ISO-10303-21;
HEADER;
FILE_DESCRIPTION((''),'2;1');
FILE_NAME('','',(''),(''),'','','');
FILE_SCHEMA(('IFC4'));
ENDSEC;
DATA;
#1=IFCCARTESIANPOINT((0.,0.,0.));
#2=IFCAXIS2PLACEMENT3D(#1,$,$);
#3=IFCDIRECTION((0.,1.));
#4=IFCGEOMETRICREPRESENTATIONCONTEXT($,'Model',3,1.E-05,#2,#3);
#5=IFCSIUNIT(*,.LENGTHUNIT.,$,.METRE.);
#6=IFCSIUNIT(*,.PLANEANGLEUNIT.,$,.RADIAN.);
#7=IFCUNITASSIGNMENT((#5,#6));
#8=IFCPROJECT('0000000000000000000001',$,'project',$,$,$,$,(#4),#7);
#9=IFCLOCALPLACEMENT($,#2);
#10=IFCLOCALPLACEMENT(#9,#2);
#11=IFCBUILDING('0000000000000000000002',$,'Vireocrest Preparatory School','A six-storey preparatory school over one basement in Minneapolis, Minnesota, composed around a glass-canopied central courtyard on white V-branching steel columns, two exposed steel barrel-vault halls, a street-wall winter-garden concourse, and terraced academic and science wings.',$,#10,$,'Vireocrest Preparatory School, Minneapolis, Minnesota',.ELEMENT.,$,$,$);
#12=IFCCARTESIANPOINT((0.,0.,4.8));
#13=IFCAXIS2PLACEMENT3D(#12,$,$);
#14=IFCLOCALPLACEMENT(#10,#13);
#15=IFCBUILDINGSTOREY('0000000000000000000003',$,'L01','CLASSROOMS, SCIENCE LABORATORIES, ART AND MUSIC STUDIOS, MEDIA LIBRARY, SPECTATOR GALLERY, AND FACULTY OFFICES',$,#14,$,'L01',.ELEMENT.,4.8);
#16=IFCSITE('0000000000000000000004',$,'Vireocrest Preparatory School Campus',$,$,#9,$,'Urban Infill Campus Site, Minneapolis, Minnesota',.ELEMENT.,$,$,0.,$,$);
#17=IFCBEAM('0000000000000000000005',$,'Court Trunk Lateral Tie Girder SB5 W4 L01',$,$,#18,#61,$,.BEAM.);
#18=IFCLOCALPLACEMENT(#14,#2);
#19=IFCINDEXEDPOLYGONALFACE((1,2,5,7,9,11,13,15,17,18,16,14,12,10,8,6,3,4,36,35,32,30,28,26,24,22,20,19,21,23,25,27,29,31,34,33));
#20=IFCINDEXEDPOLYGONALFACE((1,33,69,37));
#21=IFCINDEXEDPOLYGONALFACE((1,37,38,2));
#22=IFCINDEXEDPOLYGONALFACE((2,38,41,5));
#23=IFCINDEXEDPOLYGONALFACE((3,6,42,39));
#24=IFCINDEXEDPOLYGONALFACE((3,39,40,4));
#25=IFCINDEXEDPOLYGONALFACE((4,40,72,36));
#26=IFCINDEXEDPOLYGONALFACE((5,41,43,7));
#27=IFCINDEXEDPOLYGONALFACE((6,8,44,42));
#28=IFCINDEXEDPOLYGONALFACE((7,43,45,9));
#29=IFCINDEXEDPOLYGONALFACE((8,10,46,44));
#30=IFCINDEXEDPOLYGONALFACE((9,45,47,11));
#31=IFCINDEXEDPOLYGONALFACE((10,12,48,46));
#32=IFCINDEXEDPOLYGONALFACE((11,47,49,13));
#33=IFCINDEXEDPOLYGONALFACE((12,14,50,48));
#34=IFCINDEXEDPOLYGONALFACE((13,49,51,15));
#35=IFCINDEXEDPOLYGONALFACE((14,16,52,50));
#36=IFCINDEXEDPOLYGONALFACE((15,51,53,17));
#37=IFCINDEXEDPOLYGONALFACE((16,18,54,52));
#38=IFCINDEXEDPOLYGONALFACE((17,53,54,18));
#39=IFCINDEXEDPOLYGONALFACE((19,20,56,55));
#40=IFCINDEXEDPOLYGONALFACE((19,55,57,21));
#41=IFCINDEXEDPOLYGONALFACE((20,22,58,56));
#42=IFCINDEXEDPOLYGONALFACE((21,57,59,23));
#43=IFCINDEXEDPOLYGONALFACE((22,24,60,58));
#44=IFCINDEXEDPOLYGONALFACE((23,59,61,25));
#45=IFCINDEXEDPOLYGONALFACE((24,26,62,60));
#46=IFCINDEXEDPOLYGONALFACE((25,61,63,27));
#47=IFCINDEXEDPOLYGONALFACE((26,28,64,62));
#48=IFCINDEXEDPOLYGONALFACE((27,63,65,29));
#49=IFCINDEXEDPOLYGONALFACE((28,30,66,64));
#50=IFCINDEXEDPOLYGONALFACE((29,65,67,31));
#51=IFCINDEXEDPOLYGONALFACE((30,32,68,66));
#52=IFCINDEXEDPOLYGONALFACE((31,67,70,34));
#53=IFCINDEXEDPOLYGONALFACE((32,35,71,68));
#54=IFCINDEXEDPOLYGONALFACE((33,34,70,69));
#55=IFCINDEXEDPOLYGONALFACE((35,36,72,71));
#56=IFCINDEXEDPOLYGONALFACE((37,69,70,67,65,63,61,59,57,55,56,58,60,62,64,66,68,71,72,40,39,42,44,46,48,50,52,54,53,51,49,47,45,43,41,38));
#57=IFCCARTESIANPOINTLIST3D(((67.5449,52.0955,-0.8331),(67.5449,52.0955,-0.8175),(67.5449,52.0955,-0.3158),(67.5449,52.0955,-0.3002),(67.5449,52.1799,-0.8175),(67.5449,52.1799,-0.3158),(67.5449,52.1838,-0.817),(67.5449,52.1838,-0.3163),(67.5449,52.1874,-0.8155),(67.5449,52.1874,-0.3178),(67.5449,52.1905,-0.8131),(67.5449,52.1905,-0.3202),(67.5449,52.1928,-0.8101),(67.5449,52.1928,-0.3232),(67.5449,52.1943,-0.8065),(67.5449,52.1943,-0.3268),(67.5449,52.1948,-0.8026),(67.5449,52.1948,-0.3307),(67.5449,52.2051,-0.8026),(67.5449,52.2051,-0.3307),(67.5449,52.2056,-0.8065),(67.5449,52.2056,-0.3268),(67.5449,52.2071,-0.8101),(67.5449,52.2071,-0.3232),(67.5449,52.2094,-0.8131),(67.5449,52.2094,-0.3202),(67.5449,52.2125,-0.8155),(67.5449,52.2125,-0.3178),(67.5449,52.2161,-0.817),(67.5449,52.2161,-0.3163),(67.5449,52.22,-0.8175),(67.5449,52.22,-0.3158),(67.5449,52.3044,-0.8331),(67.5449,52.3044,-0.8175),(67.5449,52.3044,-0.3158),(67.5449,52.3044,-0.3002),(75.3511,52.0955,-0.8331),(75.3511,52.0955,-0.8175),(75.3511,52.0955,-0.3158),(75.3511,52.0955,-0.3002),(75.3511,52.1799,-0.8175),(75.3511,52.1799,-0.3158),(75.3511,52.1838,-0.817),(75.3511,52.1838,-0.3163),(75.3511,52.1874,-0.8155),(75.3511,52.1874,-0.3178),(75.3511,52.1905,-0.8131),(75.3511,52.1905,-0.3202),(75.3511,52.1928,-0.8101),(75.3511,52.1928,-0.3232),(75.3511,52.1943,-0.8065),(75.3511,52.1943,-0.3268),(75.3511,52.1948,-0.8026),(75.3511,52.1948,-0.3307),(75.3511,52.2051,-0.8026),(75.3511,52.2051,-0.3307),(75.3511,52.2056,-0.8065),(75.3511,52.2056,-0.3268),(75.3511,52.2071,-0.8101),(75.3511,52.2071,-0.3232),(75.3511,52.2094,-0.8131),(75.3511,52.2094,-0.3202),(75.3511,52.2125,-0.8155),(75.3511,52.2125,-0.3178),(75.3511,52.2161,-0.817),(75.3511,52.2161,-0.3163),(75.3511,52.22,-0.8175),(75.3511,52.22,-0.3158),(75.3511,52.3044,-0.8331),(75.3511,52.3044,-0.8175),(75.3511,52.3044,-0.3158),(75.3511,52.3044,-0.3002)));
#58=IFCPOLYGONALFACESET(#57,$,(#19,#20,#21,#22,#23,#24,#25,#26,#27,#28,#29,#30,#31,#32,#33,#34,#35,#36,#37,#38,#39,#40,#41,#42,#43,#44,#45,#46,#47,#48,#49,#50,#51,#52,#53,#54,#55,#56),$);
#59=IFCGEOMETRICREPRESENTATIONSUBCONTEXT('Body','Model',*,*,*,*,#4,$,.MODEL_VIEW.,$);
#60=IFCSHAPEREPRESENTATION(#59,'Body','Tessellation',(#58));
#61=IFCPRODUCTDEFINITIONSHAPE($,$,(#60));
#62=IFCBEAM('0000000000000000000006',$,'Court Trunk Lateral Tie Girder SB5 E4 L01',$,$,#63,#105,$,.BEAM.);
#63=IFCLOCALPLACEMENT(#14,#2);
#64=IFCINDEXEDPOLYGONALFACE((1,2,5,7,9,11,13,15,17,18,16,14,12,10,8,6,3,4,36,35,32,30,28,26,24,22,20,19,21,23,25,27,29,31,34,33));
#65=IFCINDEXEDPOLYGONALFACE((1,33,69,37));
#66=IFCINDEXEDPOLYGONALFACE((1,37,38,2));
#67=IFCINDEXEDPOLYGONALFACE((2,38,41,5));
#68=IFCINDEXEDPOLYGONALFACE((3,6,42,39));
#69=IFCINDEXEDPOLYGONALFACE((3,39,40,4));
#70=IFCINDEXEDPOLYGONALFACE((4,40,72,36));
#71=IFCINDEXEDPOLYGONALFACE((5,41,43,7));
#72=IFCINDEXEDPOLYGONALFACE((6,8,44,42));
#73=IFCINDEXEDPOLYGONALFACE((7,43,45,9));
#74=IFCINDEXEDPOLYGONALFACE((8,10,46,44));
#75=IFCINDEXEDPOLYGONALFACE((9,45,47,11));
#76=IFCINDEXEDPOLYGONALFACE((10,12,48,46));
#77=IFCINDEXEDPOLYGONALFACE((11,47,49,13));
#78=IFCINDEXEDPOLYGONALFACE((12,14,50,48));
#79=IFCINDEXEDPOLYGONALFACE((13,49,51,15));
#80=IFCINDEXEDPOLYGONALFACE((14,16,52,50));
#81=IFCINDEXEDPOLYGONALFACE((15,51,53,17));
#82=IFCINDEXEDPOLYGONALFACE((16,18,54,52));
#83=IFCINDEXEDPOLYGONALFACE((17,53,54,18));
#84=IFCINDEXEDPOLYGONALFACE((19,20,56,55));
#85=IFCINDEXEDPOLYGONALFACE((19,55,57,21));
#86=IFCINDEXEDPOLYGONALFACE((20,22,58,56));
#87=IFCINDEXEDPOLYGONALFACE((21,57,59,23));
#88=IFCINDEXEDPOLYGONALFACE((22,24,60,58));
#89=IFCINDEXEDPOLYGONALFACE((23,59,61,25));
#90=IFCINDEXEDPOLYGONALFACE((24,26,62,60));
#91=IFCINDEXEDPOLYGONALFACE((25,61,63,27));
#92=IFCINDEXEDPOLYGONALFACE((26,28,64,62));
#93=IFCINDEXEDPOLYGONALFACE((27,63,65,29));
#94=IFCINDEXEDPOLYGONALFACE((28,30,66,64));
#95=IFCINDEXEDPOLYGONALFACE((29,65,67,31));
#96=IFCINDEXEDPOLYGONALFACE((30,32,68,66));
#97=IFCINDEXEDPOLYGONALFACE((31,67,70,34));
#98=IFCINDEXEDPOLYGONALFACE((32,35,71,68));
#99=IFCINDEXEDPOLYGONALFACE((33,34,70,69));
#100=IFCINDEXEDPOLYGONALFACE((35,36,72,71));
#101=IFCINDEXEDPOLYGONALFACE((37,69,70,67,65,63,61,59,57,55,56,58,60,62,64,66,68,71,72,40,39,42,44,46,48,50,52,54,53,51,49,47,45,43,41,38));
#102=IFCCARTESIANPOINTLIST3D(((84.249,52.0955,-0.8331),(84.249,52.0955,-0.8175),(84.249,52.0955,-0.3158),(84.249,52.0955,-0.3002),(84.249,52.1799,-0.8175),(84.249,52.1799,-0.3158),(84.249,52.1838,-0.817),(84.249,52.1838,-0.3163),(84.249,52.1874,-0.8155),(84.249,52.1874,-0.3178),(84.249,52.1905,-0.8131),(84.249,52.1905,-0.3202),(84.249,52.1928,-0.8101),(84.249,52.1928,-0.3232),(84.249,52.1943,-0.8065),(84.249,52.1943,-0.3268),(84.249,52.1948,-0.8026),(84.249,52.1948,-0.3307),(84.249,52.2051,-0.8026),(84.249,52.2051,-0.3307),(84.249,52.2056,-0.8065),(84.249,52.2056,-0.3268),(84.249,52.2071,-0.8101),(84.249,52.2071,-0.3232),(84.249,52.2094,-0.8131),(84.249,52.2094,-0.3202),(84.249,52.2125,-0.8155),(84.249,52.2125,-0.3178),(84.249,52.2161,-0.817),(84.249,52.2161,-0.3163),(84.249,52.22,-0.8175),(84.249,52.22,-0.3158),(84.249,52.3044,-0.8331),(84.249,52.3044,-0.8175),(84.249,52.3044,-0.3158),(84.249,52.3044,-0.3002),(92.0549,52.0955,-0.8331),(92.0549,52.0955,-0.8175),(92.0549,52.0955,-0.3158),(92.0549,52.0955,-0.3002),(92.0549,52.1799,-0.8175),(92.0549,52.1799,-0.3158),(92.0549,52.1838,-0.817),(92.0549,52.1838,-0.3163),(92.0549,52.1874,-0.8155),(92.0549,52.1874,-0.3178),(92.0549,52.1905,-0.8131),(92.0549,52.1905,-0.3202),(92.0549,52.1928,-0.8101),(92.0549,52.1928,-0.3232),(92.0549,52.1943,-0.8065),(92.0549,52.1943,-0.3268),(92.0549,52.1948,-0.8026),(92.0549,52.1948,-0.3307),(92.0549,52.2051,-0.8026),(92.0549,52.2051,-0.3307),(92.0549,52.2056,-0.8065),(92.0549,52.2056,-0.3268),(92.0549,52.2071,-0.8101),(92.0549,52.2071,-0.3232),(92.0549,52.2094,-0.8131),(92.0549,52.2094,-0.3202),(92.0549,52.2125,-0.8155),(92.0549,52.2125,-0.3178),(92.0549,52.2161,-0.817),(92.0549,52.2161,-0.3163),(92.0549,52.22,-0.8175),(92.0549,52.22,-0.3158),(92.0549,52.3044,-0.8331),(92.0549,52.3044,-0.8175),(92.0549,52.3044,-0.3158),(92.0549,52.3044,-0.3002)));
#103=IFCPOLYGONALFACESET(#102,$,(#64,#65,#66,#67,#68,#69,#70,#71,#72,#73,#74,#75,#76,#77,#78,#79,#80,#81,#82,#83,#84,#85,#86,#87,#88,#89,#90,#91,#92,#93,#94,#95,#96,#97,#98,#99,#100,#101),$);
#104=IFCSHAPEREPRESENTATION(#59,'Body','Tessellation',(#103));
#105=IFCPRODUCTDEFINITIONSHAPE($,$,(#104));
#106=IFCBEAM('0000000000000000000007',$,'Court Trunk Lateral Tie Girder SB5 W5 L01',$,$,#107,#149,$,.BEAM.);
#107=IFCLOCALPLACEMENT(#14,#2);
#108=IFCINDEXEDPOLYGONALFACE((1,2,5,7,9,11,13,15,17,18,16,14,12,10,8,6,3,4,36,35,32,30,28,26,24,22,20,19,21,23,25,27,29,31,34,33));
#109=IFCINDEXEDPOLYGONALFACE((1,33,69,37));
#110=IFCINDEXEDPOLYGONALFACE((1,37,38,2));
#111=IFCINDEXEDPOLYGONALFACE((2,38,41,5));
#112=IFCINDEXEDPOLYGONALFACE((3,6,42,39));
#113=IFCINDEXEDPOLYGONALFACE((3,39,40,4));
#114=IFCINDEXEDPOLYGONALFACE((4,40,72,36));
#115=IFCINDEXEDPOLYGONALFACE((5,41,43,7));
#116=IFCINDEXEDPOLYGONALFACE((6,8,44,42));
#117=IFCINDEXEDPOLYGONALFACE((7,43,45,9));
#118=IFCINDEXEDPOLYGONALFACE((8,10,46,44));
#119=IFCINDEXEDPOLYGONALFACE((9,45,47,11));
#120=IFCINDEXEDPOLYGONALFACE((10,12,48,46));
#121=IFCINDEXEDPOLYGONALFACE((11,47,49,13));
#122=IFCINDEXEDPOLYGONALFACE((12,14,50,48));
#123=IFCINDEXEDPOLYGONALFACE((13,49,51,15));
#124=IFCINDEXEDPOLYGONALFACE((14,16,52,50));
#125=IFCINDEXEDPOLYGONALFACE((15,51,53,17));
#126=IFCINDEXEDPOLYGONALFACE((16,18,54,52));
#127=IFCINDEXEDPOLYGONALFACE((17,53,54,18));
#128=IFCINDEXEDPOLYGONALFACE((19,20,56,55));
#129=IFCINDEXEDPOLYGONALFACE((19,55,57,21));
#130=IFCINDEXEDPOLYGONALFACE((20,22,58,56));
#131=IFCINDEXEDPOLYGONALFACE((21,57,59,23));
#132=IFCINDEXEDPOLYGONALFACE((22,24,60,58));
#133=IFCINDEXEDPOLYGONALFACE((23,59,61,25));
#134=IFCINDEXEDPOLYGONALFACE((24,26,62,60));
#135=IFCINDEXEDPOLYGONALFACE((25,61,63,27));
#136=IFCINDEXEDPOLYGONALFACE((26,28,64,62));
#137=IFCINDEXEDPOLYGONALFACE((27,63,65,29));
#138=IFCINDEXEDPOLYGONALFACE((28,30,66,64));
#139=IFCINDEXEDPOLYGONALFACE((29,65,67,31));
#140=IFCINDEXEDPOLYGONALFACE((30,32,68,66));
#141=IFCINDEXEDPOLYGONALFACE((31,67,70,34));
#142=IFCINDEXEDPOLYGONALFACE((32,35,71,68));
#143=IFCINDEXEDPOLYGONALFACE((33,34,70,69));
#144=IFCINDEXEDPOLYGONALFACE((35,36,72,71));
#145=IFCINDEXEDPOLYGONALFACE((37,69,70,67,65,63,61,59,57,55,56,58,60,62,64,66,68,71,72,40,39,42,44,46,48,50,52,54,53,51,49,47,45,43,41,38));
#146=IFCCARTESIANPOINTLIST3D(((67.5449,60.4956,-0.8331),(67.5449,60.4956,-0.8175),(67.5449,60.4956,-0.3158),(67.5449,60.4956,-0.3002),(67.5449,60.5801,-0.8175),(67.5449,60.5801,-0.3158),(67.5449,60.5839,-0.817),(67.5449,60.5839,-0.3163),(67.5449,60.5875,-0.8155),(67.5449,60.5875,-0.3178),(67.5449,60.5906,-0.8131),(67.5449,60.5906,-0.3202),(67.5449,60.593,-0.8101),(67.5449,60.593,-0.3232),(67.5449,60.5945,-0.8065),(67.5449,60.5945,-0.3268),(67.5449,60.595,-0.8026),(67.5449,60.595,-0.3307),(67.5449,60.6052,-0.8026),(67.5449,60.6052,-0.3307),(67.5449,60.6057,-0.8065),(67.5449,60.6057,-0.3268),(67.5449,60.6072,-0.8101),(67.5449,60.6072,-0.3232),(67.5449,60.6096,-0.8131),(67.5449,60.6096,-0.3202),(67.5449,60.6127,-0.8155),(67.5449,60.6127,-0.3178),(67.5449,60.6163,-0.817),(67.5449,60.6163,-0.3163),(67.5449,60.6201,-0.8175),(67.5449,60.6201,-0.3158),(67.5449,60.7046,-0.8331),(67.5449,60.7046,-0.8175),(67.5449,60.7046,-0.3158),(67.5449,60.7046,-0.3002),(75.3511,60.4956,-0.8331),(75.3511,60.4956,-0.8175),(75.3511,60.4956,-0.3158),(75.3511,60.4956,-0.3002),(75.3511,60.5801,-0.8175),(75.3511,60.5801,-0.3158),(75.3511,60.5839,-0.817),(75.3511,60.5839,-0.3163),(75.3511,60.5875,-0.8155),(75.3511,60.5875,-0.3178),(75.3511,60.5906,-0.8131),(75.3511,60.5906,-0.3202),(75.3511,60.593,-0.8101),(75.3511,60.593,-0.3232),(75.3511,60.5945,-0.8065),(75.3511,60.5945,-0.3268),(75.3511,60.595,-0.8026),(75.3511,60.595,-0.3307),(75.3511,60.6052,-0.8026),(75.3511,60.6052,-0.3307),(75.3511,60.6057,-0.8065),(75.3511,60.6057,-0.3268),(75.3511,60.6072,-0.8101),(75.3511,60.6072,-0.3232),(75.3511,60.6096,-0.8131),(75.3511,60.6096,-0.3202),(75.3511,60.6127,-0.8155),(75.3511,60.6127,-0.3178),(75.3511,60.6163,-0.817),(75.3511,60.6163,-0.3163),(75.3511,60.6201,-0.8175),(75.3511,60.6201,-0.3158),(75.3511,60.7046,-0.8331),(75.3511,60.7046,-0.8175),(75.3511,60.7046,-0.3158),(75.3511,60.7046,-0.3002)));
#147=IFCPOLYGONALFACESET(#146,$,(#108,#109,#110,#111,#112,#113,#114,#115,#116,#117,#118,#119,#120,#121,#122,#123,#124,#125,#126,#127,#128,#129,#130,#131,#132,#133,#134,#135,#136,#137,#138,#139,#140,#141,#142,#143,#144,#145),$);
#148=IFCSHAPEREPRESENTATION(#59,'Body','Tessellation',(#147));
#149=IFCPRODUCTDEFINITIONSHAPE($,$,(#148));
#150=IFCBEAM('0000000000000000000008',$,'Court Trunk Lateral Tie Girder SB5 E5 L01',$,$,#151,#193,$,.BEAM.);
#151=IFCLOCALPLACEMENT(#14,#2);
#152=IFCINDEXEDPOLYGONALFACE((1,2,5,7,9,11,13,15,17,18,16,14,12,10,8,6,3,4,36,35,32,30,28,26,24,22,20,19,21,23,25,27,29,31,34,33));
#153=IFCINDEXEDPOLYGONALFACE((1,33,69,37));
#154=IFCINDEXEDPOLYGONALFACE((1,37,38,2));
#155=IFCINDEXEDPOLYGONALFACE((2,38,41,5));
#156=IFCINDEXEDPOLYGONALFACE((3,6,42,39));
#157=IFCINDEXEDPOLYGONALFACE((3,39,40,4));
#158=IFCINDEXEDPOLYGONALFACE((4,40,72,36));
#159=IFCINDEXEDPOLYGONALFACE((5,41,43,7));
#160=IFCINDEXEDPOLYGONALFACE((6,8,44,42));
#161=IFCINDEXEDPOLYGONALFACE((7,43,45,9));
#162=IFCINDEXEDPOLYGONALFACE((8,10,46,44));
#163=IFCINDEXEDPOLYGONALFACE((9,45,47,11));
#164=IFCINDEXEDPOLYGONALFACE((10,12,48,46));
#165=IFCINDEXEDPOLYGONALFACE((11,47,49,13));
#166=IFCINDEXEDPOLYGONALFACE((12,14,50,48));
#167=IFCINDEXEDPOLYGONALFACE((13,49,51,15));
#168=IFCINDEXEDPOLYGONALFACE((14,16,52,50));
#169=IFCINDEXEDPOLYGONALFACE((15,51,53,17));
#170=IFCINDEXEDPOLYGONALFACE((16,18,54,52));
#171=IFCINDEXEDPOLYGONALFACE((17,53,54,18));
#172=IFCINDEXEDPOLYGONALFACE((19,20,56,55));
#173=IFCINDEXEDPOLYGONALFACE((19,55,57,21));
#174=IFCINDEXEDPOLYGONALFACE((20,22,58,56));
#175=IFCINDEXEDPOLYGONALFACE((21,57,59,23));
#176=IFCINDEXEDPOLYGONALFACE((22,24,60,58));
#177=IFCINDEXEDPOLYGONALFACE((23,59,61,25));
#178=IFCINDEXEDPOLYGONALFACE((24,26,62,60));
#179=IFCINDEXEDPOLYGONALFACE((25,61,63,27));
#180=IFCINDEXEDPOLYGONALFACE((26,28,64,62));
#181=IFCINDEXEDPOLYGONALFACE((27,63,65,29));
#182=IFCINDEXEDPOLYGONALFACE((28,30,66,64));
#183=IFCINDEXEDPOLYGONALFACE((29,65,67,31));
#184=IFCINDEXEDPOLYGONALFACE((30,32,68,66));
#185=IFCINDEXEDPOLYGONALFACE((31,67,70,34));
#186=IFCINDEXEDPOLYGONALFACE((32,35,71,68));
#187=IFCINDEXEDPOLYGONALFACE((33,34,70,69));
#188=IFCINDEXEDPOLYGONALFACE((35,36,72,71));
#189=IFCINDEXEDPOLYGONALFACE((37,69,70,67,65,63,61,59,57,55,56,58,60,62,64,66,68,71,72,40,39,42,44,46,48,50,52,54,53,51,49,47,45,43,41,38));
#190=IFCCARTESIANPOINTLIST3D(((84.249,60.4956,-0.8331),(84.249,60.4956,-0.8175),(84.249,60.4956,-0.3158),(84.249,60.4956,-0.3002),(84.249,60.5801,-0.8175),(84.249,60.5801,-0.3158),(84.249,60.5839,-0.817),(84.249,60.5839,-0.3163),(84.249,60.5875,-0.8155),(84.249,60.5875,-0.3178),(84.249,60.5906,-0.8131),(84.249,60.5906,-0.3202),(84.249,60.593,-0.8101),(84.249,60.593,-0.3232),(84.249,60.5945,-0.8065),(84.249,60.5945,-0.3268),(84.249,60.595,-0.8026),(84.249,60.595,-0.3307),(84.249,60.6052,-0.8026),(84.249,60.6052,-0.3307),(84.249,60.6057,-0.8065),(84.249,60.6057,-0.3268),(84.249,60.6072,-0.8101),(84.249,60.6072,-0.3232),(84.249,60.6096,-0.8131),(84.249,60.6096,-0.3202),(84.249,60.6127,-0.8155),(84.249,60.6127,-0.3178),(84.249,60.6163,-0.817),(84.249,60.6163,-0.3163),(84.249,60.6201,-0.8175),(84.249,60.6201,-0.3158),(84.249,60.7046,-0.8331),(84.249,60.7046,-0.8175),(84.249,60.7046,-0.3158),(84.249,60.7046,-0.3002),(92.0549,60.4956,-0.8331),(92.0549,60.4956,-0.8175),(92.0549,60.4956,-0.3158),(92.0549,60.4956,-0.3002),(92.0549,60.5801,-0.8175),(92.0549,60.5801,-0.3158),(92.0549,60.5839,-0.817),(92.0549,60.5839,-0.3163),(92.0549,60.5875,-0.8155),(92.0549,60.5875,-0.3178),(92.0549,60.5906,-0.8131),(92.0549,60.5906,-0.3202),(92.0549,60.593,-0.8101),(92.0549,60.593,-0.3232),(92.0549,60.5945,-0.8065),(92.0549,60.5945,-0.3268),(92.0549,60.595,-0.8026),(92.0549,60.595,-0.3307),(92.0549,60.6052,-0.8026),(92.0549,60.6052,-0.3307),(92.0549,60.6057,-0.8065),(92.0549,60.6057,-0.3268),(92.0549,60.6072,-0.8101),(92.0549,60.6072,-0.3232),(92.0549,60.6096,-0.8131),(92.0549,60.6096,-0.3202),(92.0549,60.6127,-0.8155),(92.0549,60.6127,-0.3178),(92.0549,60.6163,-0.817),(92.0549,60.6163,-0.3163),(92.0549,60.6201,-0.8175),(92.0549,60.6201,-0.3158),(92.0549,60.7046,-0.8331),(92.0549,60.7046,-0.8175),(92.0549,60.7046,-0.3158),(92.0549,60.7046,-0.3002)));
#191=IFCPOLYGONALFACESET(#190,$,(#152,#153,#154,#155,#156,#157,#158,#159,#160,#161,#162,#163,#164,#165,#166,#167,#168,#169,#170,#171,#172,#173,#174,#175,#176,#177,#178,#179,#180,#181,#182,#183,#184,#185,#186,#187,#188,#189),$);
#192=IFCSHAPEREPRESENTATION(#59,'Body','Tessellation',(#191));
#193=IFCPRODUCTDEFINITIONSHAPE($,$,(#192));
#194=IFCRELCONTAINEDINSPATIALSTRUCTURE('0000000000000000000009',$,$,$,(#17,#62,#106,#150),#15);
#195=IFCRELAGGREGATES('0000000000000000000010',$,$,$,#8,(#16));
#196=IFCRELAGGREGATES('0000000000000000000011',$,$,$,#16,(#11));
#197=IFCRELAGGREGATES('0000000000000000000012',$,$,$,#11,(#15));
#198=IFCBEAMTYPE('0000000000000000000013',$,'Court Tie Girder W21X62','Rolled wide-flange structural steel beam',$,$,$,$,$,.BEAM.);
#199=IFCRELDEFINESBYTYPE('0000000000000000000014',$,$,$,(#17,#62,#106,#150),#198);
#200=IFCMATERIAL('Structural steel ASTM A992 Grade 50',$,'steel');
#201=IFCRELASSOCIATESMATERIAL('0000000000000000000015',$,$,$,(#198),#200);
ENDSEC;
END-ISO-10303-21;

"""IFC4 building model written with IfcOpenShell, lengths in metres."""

from ifc_helpers import new_model, si_unit, direction, frame, origin, origin_2d, place, context, subcontext, project, spatial, i_section, extrude, material, material_profile, profile_set, type_object, element, save


model = new_model("IFC4")

# Units and contexts
model_context = context("Model", 3, precision=1e-05, world=origin(), true_north=direction((0.0, 1.0)))
body_context = subcontext(model_context, "Body", "Model", "MODEL_VIEW")
ifc_project = project(units=[si_unit("LENGTHUNIT", "METRE"), si_unit("PLANEANGLEUNIT", "RADIAN")], contexts=[model_context])

# Site, building, storey
site_placement = place(None, origin())
site = spatial("IfcSite", under=ifc_project, at=site_placement, Name="Vireocrest Preparatory School Campus", LongName="Urban Infill Campus Site, Minneapolis, Minnesota", CompositionType="ELEMENT", RefElevation=0.0)
building_placement = place(site_placement, origin())
building = spatial("IfcBuilding", under=site, at=building_placement, Name="Vireocrest Preparatory School", Description="A six-storey preparatory school over one basement in Minneapolis, Minnesota, composed around a glass-canopied central courtyard on white V-branching steel columns, two exposed steel barrel-vault halls, a street-wall winter-garden concourse, and terraced academic and science wings.", LongName="Vireocrest Preparatory School, Minneapolis, Minnesota", CompositionType="ELEMENT")
storey_placement = place(building_placement, frame((0.0, 0.0, 4.8)))
storey = spatial("IfcBuildingStorey", under=building, at=storey_placement, Name="L01", Description="CLASSROOMS, SCIENCE LABORATORIES, ART AND MUSIC STUDIOS, MEDIA LIBRARY, SPECTATOR GALLERY, AND FACULTY OFFICES", LongName="L01", CompositionType="ELEMENT", Elevation=4.8)

# Beams
ifc_material_1 = material(Name="Structural steel ASTM A992 Grade 50", Category="steel")
ifc_material_profile_1 = material_profile(ifc_material_1, i_section(OverallWidth=0.209, OverallDepth=0.533, WebThickness=0.0103, FlangeThickness=0.0156, FilletRadius=0.0149, at=origin_2d()), Name="W21X62")
ifc_profile_set_1 = profile_set([ifc_material_profile_1], Name="Structural steel ASTM A992 Grade 50")
beam_type = type_object("IfcBeamType", Name="Court Tie Girder W21X62", Description="Rolled wide-flange structural steel beam", PredefinedType="BEAM", material=ifc_profile_set_1)
beam_1_placement = place(storey_placement, frame((67.5449, 52.2, -0.5667), z_axis=(1.0, 0.0, 0.0), x_axis=(0.0, 1.0, 0.0)))
element("IfcBeam", 1, at=beam_1_placement, inside=storey, type_object=beam_type, Name="Court Trunk Lateral Tie Girder SB5 W4 L01", PredefinedType="BEAM", context=body_context, shape_type="SweptSolid", body=[
    extrude(i_section(OverallWidth=0.209, OverallDepth=0.533, WebThickness=0.0103, FlangeThickness=0.0156, FilletRadius=0.0149, at=origin_2d()), origin(), (0.0, 0.0, 1.0), 7.8062),
])
beam_2_placement = place(storey_placement, frame((84.249, 52.2, -0.5667), z_axis=(1.0, 0.0, 0.0), x_axis=(0.0, 1.0, 0.0)))
element("IfcBeam", 2, at=beam_2_placement, inside=storey, type_object=beam_type, Name="Court Trunk Lateral Tie Girder SB5 E4 L01", PredefinedType="BEAM", context=body_context, shape_type="SweptSolid", body=[
    extrude(i_section(OverallWidth=0.209, OverallDepth=0.533, WebThickness=0.0103, FlangeThickness=0.0156, FilletRadius=0.0149, at=origin_2d()), origin(), (0.0, 0.0, 1.0), 7.8059),
])
beam_3_placement = place(storey_placement, frame((67.5449, 60.6001, -0.5667), z_axis=(1.0, 0.0, 0.0), x_axis=(0.0, 1.0, 0.0)))
element("IfcBeam", 3, at=beam_3_placement, inside=storey, type_object=beam_type, Name="Court Trunk Lateral Tie Girder SB5 W5 L01", PredefinedType="BEAM", context=body_context, shape_type="SweptSolid", body=[
    extrude(i_section(OverallWidth=0.209, OverallDepth=0.533, WebThickness=0.0103, FlangeThickness=0.0156, FilletRadius=0.0149, at=origin_2d()), origin(), (0.0, 0.0, 1.0), 7.8062),
])
beam_4_placement = place(storey_placement, frame((84.249, 60.6001, -0.5667), z_axis=(1.0, 0.0, 0.0), x_axis=(0.0, 1.0, 0.0)))
element("IfcBeam", 4, at=beam_4_placement, inside=storey, type_object=beam_type, Name="Court Trunk Lateral Tie Girder SB5 E5 L01", PredefinedType="BEAM", context=body_context, shape_type="SweptSolid", body=[
    extrude(i_section(OverallWidth=0.209, OverallDepth=0.533, WebThickness=0.0103, FlangeThickness=0.0156, FilletRadius=0.0149, at=origin_2d()), origin(), (0.0, 0.0, 1.0), 7.8059),
])

save(model, "model.ifc")
